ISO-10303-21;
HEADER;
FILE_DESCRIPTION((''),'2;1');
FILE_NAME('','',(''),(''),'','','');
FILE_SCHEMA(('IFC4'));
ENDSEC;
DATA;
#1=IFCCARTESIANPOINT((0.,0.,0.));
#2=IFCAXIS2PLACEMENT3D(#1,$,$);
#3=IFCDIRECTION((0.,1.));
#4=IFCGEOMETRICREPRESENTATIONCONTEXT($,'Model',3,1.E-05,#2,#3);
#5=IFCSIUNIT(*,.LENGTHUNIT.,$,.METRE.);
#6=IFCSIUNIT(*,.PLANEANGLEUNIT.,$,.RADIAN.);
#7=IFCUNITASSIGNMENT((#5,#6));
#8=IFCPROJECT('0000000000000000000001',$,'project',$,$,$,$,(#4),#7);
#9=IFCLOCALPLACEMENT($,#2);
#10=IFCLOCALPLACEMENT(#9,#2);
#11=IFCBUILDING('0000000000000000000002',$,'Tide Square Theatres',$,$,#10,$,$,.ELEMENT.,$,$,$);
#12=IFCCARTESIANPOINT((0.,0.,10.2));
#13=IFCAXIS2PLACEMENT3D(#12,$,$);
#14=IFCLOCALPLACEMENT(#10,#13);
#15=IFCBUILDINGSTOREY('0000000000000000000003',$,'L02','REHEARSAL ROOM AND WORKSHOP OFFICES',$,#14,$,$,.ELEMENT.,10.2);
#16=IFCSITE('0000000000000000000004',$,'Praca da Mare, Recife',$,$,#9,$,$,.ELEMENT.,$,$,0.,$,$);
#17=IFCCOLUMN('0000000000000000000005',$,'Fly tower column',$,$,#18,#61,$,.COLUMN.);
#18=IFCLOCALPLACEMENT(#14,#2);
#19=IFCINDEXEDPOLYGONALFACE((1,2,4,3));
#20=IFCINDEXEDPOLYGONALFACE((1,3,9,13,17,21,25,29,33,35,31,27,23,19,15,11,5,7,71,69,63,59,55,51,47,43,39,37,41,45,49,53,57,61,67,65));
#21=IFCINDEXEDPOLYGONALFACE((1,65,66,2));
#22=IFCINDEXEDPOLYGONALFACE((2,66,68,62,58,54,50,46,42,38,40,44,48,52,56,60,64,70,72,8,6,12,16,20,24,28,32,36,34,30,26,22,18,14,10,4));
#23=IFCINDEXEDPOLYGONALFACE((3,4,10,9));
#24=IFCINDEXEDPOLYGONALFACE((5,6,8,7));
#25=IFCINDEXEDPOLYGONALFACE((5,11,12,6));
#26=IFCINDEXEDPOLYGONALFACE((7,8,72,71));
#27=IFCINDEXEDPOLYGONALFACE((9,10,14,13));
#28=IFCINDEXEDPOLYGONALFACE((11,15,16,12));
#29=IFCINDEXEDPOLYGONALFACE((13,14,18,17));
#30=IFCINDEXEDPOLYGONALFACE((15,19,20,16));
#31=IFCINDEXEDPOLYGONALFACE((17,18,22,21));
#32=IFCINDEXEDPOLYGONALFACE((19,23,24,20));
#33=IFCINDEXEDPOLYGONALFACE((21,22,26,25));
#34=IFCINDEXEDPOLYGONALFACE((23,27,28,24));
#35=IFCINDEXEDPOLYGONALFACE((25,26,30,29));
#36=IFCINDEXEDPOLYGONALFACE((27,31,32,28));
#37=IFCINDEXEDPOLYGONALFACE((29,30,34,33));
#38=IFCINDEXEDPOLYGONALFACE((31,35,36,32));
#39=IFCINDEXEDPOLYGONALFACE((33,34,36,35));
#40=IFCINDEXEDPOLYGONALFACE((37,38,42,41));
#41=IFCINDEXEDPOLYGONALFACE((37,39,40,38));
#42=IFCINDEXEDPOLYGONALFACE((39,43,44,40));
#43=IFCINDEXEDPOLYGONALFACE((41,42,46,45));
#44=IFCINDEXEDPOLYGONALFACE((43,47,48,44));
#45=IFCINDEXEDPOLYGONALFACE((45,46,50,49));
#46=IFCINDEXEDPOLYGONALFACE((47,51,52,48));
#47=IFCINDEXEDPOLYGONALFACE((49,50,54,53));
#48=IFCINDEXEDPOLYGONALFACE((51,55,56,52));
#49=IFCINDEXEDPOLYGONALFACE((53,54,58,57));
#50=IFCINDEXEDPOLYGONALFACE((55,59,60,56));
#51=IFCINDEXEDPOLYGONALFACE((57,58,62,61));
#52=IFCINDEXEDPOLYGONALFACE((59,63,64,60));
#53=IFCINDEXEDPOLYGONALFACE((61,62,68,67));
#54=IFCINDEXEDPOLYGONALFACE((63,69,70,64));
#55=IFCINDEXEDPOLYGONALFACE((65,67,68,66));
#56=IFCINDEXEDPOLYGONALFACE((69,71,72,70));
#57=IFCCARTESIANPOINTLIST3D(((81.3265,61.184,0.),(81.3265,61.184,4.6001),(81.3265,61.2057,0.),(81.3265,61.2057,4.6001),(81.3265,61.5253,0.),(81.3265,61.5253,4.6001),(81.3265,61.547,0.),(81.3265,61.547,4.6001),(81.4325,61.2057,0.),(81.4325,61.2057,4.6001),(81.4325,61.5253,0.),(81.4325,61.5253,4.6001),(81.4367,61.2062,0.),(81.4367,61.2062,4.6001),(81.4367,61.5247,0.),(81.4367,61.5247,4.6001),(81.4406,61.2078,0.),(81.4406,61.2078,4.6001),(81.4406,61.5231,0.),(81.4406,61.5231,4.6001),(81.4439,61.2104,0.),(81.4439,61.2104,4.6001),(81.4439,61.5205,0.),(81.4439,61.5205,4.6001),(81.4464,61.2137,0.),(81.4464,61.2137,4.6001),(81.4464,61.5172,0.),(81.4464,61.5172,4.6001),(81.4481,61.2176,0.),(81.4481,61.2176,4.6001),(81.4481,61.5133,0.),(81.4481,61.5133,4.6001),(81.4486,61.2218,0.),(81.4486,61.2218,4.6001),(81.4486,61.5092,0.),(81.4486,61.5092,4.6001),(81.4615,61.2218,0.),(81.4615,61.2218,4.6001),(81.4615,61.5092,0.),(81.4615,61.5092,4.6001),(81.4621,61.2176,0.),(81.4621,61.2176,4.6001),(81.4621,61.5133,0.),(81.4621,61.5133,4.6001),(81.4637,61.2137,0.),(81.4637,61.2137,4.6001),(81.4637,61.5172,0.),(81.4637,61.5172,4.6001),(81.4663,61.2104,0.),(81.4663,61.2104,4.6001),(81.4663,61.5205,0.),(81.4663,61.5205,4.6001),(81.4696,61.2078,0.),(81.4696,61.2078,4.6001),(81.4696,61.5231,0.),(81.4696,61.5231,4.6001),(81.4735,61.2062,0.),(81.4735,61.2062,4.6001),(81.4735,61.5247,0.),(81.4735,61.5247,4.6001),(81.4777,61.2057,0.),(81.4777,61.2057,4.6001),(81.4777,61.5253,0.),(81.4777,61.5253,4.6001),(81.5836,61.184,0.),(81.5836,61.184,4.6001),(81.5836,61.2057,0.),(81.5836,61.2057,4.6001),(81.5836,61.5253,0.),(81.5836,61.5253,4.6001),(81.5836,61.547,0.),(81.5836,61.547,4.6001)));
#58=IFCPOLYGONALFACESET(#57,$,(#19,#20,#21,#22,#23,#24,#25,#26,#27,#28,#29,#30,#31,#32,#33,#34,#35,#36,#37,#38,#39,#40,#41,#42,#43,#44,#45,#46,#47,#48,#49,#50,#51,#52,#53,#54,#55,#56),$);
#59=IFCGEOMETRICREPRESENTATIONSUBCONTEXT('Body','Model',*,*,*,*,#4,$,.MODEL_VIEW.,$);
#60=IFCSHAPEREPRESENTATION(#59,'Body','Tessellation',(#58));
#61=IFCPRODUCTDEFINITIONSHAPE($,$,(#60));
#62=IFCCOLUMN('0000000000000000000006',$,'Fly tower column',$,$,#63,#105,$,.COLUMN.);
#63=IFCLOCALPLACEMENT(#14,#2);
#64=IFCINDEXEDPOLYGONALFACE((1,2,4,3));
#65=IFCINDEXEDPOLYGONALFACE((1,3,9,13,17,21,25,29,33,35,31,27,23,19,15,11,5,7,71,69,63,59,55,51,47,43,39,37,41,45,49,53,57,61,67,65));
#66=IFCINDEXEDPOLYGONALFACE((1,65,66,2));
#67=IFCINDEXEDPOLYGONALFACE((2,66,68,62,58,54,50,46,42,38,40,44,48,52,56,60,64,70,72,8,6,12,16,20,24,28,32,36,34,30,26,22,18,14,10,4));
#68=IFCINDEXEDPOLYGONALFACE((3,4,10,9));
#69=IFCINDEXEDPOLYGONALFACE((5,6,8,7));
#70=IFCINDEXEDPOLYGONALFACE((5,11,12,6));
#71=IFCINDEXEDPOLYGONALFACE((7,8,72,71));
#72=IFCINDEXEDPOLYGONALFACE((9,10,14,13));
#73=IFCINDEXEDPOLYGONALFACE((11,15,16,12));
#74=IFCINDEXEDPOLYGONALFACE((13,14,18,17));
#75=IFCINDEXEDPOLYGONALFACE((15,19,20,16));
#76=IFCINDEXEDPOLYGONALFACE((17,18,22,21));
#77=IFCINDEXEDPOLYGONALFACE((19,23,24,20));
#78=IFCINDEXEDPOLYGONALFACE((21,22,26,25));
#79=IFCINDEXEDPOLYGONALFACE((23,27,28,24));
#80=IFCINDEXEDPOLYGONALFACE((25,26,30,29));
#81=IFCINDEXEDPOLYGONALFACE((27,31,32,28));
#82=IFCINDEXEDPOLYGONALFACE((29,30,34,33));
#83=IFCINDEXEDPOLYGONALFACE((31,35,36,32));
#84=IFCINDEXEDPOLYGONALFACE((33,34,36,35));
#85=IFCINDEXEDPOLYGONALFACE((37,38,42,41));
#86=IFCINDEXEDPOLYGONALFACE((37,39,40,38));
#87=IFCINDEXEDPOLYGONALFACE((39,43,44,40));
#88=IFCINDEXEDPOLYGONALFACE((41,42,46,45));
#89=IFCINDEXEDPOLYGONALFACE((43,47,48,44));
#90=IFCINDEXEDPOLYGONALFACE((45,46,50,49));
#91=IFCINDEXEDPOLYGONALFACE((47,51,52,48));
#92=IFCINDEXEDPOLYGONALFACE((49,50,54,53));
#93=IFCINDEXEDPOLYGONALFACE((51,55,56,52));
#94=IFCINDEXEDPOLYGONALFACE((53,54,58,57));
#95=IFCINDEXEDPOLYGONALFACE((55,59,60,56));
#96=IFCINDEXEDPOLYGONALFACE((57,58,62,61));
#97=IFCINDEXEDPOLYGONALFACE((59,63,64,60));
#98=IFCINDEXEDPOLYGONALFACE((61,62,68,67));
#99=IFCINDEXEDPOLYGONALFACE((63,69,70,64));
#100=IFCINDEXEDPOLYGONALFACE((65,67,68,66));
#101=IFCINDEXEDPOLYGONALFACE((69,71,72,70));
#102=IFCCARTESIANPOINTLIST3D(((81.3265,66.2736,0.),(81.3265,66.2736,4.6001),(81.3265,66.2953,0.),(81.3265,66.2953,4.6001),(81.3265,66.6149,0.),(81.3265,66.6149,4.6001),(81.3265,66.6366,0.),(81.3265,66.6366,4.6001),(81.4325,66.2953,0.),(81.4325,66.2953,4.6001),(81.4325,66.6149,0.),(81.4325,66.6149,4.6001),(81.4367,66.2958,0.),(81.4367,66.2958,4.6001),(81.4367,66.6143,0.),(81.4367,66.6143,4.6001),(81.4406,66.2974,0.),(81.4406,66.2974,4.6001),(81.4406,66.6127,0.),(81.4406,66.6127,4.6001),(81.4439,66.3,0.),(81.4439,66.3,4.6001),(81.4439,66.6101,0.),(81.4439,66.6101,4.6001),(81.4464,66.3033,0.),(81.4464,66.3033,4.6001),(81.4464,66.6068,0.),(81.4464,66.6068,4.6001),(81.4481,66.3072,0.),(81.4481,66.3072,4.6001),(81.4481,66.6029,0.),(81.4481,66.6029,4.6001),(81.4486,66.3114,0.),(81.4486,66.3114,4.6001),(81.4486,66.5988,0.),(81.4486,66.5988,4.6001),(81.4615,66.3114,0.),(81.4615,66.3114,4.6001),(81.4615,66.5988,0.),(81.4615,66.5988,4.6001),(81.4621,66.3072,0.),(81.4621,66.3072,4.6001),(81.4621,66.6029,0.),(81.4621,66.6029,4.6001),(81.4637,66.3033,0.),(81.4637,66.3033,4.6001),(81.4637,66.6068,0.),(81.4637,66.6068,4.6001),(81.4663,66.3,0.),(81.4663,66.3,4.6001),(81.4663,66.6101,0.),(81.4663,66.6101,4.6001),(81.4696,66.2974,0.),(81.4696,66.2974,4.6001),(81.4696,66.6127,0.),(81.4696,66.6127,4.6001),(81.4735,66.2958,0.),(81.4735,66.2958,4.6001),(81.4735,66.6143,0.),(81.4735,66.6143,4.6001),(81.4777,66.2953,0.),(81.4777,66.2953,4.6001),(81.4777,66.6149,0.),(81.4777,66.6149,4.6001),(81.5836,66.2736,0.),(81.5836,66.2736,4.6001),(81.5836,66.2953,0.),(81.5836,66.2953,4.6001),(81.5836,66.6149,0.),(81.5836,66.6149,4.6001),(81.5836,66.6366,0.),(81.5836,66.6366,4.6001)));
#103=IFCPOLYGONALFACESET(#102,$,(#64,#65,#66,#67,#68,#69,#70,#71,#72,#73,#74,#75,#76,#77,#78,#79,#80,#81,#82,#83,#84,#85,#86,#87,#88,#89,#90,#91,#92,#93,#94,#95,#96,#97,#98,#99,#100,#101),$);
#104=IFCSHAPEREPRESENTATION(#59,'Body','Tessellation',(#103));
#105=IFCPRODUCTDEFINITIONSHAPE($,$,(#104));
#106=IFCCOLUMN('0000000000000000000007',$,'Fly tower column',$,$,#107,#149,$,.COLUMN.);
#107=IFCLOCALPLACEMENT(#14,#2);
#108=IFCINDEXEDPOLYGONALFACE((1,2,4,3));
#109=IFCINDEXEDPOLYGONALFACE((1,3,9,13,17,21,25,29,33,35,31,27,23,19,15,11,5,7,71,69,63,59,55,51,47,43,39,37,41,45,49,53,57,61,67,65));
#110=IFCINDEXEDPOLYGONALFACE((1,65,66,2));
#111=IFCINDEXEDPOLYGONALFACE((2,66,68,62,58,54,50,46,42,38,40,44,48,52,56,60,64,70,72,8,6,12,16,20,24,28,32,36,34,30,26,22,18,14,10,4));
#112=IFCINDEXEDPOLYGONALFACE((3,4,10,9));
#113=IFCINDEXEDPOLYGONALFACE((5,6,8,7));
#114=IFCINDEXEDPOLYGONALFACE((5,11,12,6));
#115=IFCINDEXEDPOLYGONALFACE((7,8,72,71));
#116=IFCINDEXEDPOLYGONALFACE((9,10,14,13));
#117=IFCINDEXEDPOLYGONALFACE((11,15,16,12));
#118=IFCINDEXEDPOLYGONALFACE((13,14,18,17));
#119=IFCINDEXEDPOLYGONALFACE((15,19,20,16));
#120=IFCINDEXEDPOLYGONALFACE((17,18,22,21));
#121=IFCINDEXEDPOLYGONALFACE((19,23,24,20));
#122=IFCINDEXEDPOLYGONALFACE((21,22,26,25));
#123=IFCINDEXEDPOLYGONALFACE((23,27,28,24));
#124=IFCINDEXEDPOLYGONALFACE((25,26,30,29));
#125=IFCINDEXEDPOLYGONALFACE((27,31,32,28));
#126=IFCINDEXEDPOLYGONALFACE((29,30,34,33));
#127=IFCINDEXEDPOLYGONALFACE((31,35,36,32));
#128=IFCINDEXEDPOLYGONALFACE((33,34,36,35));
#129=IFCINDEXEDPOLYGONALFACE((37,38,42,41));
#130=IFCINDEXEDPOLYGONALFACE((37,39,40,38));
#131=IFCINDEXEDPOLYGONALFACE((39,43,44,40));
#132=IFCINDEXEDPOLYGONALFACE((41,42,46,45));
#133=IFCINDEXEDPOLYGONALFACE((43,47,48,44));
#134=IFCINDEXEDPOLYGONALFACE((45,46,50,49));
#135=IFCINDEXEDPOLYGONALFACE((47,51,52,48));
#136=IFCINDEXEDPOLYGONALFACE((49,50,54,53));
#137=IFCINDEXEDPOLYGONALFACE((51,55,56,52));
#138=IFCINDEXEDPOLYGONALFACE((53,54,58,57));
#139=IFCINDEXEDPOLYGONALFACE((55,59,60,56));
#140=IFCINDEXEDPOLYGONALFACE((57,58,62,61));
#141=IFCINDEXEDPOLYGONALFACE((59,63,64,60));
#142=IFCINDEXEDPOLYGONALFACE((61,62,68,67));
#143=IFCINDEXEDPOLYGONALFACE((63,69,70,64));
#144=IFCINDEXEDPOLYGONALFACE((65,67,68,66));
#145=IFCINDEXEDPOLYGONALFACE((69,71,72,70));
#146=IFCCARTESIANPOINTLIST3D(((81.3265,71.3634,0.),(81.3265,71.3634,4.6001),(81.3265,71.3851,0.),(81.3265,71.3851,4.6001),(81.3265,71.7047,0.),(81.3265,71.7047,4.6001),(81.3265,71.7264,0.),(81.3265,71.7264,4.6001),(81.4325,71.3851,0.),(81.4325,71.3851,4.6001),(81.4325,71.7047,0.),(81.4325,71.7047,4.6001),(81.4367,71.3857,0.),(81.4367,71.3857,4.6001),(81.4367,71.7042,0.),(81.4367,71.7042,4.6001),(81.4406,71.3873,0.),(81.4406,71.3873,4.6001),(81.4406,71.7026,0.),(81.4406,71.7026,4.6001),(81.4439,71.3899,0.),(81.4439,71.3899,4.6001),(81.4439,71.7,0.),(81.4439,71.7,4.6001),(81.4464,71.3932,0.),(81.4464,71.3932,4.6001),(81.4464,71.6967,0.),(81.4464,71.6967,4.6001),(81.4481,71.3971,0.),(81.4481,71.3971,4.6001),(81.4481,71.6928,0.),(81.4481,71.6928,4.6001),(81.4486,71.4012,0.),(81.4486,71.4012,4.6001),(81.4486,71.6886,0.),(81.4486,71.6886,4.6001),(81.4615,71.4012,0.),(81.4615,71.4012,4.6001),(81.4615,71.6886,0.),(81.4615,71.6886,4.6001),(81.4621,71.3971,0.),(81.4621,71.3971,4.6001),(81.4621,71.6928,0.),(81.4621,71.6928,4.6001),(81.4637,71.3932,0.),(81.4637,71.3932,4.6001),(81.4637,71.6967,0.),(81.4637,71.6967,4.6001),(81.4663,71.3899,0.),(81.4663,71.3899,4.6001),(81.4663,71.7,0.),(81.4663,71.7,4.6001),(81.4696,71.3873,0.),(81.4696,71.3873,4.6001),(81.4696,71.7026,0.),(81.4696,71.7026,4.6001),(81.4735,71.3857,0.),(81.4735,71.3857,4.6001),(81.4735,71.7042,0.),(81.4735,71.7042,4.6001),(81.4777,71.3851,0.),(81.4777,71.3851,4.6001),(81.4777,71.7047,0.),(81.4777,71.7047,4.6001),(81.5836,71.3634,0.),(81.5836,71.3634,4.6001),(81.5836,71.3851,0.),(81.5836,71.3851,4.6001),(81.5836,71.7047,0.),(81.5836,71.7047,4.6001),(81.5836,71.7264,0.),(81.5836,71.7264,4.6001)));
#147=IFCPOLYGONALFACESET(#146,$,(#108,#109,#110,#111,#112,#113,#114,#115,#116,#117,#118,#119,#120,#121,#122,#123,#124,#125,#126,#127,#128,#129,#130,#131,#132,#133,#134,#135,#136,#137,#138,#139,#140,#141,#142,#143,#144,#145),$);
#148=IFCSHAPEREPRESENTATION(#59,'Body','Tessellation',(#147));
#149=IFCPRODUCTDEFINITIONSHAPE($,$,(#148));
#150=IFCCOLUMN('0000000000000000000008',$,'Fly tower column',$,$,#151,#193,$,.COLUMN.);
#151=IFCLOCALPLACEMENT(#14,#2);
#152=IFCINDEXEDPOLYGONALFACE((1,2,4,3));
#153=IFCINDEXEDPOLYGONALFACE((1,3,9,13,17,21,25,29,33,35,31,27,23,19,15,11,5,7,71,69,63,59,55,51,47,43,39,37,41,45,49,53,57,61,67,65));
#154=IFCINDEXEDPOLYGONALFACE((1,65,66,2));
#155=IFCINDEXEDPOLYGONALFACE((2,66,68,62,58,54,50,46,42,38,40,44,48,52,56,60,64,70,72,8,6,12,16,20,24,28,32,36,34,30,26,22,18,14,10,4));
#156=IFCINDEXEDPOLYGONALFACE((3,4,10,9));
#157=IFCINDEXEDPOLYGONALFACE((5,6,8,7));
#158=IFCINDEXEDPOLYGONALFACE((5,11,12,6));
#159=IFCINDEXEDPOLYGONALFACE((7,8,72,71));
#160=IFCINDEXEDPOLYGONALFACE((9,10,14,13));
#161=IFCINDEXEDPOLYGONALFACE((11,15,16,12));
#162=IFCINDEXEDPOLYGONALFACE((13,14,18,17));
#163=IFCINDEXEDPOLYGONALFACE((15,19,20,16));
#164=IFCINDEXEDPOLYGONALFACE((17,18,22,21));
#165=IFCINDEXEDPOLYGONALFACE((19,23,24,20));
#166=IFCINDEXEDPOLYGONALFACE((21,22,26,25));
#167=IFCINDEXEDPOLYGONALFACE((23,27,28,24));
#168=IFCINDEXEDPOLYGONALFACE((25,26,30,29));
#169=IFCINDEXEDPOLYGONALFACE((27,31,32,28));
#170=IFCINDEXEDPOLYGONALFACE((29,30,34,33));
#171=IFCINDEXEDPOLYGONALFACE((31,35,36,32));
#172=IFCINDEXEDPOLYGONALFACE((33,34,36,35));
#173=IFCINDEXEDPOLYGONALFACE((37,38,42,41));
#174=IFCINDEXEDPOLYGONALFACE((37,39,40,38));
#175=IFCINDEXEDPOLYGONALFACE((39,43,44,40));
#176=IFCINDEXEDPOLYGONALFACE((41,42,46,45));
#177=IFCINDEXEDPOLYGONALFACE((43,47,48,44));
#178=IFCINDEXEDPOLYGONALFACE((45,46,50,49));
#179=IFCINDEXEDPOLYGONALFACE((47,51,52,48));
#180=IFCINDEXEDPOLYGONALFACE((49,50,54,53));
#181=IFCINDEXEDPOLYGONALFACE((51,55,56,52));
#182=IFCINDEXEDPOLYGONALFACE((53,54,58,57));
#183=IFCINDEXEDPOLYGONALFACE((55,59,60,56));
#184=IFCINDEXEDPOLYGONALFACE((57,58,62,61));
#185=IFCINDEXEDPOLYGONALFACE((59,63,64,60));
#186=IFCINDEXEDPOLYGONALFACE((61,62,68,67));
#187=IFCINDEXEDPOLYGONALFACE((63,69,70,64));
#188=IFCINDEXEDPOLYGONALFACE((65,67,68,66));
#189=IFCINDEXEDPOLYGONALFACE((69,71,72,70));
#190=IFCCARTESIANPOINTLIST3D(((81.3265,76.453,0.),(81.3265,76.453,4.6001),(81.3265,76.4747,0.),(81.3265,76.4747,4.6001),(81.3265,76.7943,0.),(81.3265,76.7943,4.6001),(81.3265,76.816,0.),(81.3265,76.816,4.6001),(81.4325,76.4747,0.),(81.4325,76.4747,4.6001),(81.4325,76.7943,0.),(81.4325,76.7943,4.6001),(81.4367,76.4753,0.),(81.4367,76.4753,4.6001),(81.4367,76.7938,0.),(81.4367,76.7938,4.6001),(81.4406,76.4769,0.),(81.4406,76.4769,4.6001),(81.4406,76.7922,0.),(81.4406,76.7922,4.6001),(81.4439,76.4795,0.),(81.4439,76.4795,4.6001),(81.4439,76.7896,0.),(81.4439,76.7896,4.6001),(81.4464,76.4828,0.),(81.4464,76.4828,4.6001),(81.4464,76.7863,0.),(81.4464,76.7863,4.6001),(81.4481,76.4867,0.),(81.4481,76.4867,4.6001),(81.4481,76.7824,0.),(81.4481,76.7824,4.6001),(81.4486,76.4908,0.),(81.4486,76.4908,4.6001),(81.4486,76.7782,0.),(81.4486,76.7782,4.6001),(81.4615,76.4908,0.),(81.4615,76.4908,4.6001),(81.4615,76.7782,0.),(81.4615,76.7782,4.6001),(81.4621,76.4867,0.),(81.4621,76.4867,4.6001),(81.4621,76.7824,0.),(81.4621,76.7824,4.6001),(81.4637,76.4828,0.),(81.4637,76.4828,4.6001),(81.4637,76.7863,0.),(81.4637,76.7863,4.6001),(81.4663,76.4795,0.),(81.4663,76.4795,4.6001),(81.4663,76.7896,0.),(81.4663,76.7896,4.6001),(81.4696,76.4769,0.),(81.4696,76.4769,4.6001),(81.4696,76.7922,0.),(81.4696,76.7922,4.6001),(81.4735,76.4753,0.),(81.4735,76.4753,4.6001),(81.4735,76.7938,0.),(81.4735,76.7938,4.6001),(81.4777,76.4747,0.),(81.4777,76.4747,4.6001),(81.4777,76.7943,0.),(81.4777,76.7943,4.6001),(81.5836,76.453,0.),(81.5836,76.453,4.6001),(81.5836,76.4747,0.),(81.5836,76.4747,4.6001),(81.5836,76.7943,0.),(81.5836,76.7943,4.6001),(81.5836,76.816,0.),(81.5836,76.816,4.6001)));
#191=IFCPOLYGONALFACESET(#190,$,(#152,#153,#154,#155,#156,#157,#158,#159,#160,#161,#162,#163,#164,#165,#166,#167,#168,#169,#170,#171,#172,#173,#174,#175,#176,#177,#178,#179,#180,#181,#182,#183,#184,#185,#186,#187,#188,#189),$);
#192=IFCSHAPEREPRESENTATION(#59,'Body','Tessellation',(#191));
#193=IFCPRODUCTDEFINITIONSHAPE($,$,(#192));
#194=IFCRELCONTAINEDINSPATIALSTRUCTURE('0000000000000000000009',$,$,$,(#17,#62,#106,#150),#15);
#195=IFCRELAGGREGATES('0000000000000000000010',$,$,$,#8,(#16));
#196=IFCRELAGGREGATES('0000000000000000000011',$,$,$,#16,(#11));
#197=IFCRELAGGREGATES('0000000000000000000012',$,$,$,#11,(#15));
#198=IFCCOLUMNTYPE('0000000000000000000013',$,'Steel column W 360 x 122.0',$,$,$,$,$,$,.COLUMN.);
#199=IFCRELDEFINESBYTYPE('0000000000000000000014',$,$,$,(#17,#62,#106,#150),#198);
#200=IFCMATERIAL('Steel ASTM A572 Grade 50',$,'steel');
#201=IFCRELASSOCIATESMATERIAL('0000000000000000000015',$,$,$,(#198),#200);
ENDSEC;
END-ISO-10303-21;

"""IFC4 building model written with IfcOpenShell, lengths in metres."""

from ifc_helpers import new_model, si_unit, direction, frame, origin, origin_2d, place, context, subcontext, project, spatial, i_section, extrude, material, material_profile, profile_set, type_object, element, save


model = new_model("IFC4")

# Units and contexts
model_context = context("Model", 3, precision=1e-05, world=origin(), true_north=direction((0.0, 1.0)))
body_context = subcontext(model_context, "Body", "Model", "MODEL_VIEW")
ifc_project = project(units=[si_unit("LENGTHUNIT", "METRE"), si_unit("PLANEANGLEUNIT", "RADIAN")], contexts=[model_context])

# Site, building, storey
site_placement = place(None, origin())
site = spatial("IfcSite", under=ifc_project, at=site_placement, Name="Praca da Mare, Recife", CompositionType="ELEMENT", RefElevation=0.0)
building_placement = place(site_placement, origin())
building = spatial("IfcBuilding", under=site, at=building_placement, Name="Tide Square Theatres", CompositionType="ELEMENT")
storey_placement = place(building_placement, frame((0.0, 0.0, 10.2)))
storey = spatial("IfcBuildingStorey", under=building, at=storey_placement, Name="L02", Description="REHEARSAL ROOM AND WORKSHOP OFFICES", CompositionType="ELEMENT", Elevation=10.2)

# Columns
ifc_material_1 = material(Name="Steel ASTM A572 Grade 50", Category="steel")
ifc_material_profile_1 = material_profile(ifc_material_1, i_section(OverallWidth=0.2571, OverallDepth=0.363, WebThickness=0.0129, FlangeThickness=0.0217, FilletRadius=0.0161, at=origin_2d()))
ifc_profile_set_1 = profile_set([ifc_material_profile_1], Name="Steel ASTM A572 Grade 50")
column_type = type_object("IfcColumnType", Name="Steel column W 360 x 122.0", PredefinedType="COLUMN", material=ifc_profile_set_1)
for number, where, z_axis, x_axis, name in (
    (1, (81.4551, 61.3655, 0.0), (0.0, 0.0, 1.0), (1.0, 0.0, 0.0), "Fly tower column"),
    (2, (81.4551, 66.4551, 0.0), (0.0, 0.0, 1.0), (1.0, 0.0, 0.0), "Fly tower column"),
    (3, (81.4551, 71.5449, 0.0), (0.0, 0.0, 1.0), (1.0, 0.0, 0.0), "Fly tower column"),
    (4, (81.4551, 76.6345, 0.0), (0.0, 0.0, 1.0), (1.0, 0.0, 0.0), "Fly tower column"),
):
    element("IfcColumn", number, at=place(storey_placement, frame(where, z_axis=z_axis, x_axis=x_axis)), inside=storey, type_object=column_type, Name=name, PredefinedType="COLUMN", context=body_context, shape_type="SweptSolid", body=[
        extrude(i_section(OverallWidth=0.2571, OverallDepth=0.363, WebThickness=0.0129, FlangeThickness=0.0217, FilletRadius=0.0161, at=origin_2d()), origin(), (0.0, 0.0, 1.0), 4.6001),
    ])

save(model, "model.ifc")
